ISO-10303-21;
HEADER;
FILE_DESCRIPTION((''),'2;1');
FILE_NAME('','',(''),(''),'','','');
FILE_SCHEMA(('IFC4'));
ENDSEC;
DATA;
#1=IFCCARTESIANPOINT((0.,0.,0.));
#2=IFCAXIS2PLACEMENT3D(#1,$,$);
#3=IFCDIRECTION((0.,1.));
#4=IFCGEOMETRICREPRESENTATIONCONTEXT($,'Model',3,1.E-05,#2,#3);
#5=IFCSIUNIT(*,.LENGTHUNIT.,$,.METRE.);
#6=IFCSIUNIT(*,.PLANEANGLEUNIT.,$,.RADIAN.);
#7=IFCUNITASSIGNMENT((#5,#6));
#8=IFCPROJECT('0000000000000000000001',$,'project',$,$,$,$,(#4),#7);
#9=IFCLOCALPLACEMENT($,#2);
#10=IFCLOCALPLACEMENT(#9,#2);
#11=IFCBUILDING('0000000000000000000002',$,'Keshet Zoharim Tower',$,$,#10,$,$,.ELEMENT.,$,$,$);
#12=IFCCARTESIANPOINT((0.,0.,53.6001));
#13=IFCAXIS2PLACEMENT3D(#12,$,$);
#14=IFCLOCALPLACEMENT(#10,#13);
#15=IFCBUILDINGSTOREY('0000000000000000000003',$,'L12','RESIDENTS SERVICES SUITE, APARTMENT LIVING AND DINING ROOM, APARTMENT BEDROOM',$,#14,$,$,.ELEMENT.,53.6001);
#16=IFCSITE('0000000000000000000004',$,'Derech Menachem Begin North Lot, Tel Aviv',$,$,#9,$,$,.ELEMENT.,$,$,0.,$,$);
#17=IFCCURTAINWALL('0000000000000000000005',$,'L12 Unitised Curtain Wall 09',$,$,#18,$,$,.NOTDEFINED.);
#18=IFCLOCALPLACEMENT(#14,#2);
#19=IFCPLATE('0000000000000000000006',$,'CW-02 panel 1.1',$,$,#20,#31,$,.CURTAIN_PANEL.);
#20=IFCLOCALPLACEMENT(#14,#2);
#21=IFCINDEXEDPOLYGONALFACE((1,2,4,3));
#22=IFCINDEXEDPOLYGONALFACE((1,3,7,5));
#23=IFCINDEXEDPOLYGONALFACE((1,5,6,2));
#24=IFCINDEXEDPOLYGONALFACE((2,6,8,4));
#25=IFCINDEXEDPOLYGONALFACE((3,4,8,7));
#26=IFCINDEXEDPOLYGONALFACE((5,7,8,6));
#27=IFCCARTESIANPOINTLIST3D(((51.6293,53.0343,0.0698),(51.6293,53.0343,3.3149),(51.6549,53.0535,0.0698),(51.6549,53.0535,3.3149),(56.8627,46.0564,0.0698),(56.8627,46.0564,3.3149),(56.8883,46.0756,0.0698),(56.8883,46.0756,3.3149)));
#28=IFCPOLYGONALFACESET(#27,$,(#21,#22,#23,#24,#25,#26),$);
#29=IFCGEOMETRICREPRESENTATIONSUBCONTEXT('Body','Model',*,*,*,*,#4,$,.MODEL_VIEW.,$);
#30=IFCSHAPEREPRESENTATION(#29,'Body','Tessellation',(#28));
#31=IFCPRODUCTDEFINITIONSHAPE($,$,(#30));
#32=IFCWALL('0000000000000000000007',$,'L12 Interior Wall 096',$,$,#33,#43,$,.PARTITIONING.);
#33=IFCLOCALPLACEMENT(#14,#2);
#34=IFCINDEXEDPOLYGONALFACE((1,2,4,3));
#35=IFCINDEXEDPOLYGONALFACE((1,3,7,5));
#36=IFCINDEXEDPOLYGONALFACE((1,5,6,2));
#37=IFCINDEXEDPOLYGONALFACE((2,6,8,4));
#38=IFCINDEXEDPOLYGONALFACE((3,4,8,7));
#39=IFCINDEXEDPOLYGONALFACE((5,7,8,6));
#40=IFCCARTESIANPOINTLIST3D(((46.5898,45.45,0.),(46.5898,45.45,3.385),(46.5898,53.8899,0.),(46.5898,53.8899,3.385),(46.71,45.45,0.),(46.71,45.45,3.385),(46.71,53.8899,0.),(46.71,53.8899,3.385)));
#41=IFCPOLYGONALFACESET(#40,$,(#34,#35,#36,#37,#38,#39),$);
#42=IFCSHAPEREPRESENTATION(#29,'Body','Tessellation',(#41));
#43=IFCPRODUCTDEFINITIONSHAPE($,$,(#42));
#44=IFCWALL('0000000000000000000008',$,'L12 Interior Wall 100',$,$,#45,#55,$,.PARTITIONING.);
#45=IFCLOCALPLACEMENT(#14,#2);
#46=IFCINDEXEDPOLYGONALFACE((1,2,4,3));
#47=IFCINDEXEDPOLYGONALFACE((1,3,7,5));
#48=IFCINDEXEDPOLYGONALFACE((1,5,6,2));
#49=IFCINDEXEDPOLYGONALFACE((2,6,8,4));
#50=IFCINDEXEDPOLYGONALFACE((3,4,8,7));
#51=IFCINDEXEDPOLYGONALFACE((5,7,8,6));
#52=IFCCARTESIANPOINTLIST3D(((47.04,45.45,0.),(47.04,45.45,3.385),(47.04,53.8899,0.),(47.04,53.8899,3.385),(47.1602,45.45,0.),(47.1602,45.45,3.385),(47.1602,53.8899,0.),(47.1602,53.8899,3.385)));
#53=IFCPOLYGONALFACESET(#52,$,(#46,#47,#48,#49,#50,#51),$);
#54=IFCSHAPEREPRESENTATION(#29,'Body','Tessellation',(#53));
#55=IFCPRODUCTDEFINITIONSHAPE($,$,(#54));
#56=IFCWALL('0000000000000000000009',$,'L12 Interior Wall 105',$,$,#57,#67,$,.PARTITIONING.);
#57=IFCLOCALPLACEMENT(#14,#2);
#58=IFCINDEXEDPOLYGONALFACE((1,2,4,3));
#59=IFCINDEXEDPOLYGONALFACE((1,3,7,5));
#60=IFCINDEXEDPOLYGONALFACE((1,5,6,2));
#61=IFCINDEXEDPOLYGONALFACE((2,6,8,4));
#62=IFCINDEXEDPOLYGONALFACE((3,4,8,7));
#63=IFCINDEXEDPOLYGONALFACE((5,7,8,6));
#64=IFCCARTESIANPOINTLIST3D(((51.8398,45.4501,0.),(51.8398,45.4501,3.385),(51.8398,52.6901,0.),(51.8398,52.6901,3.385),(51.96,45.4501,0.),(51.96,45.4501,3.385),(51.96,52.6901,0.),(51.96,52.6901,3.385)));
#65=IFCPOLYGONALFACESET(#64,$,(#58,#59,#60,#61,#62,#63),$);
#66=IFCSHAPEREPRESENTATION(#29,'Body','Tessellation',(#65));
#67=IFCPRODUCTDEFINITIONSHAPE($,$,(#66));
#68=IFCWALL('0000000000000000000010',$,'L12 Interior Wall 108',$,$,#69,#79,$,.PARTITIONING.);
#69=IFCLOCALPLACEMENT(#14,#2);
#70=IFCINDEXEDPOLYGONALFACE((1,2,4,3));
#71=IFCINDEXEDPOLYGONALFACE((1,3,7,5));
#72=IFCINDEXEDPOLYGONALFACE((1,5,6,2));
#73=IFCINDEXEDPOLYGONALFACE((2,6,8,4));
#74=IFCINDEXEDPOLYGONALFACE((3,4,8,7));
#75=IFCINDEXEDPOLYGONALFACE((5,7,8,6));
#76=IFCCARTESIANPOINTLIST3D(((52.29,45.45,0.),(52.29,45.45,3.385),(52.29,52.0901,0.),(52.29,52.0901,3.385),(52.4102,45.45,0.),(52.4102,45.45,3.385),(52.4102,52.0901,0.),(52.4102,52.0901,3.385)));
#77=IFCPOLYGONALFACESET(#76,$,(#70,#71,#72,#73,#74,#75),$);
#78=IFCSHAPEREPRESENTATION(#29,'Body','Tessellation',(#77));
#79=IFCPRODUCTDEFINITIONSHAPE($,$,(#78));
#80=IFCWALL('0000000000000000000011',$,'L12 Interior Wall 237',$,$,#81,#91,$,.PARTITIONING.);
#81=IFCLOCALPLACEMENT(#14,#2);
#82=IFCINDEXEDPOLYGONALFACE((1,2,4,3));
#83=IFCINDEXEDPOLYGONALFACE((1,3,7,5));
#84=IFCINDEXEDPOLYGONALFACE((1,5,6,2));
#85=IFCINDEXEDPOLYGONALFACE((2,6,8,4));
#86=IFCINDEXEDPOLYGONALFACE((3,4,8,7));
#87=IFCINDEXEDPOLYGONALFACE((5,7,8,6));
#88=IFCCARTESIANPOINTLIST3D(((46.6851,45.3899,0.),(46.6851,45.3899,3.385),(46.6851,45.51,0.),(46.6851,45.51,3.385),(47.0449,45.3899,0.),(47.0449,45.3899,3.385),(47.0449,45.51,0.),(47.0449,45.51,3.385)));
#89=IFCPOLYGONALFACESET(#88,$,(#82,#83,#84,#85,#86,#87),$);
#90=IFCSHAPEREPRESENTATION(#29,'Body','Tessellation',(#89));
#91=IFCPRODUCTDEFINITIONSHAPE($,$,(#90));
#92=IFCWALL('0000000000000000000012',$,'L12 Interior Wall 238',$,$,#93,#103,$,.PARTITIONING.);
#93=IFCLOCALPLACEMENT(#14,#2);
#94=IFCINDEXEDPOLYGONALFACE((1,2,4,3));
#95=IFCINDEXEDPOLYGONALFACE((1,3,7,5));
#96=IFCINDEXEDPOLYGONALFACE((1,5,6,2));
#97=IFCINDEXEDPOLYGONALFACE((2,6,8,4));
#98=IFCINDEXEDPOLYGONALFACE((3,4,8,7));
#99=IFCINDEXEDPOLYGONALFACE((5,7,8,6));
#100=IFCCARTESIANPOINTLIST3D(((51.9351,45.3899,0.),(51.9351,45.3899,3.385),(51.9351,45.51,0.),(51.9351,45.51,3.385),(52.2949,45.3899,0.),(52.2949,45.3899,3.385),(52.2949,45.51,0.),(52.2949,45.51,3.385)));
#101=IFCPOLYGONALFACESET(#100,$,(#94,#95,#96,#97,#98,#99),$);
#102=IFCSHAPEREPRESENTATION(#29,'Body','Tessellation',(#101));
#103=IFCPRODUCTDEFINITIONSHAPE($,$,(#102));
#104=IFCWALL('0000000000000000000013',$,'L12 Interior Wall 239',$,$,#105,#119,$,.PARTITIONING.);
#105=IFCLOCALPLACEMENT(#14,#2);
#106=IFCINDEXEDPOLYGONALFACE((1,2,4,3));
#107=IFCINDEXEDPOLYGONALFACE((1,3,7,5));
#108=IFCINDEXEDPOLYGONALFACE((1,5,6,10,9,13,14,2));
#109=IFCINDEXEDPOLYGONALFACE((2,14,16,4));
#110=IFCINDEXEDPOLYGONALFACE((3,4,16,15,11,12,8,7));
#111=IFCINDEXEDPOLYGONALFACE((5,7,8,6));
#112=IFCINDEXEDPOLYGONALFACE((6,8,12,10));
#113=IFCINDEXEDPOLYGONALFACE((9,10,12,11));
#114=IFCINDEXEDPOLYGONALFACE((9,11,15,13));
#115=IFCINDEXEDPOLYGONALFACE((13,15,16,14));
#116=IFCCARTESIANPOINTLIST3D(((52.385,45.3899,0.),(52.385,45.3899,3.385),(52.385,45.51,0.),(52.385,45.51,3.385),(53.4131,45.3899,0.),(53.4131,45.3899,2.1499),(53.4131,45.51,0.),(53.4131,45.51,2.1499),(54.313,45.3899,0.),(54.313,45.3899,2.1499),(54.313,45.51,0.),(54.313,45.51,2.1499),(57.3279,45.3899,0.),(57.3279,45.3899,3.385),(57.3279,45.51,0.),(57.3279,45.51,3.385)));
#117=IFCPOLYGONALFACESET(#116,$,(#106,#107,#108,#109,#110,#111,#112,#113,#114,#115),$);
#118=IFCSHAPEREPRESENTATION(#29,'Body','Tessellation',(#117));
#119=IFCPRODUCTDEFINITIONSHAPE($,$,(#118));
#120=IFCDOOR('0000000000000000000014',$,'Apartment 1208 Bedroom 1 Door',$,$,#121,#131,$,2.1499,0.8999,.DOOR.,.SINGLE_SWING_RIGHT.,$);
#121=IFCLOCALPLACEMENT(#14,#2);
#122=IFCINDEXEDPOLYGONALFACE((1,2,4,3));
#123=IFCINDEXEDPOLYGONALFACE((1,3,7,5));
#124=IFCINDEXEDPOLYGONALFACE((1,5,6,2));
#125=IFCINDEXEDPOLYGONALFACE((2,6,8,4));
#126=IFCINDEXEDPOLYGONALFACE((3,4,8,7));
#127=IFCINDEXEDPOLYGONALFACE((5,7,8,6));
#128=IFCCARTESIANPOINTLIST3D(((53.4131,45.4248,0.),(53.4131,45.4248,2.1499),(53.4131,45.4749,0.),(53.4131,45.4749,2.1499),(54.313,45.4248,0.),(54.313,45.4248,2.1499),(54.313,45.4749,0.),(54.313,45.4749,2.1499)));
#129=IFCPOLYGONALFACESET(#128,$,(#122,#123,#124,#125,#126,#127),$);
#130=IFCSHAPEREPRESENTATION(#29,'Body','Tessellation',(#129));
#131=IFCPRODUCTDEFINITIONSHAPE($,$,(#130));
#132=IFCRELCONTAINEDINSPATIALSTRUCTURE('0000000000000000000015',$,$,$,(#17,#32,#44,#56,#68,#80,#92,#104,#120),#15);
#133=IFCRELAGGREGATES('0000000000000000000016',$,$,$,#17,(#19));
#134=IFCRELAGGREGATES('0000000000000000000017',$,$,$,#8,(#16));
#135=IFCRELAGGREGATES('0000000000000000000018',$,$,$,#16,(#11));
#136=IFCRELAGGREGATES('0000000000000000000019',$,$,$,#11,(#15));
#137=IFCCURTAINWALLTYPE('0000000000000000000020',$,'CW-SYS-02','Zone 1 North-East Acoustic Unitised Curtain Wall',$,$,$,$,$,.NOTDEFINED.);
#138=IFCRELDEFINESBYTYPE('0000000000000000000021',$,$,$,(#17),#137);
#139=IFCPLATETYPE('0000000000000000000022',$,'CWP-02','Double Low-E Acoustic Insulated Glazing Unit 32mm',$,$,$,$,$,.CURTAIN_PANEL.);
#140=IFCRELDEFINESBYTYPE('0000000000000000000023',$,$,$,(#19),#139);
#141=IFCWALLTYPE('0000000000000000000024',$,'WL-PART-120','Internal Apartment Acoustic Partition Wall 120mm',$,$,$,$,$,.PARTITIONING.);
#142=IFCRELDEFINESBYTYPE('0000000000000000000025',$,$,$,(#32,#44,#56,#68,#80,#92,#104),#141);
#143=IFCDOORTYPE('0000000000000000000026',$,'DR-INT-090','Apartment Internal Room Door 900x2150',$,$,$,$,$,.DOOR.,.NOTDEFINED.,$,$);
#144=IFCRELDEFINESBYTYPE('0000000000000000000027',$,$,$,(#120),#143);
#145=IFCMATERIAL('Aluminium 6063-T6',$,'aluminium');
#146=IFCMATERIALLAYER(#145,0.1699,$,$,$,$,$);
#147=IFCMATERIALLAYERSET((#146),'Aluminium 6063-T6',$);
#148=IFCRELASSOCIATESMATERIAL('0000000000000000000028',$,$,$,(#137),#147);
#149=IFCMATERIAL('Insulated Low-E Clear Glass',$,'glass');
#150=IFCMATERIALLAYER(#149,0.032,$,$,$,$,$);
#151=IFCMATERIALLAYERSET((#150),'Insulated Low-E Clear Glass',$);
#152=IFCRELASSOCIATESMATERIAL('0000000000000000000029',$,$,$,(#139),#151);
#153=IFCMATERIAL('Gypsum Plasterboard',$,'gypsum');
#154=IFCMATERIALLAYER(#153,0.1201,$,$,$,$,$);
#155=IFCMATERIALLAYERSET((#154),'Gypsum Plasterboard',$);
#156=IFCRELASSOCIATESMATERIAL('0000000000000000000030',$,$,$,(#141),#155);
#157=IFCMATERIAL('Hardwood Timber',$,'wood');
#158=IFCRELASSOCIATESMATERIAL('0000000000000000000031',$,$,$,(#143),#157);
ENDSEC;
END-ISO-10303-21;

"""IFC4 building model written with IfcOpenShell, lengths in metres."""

from ifc_helpers import new_model, si_unit, direction, frame, frame_2d, origin, origin_2d, place, context, subcontext, project, spatial, rectangle, extrude, material, layer, layer_set, type_object, element, fill, aggregate, save


model = new_model("IFC4")

# Units and contexts
model_context = context("Model", 3, precision=1e-05, world=origin(), true_north=direction((0.0, 1.0)))
body_context = subcontext(model_context, "Body", "Model", "MODEL_VIEW")
ifc_project = project(units=[si_unit("LENGTHUNIT", "METRE"), si_unit("PLANEANGLEUNIT", "RADIAN")], contexts=[model_context])

# Site, building, storey
site_placement = place(None, origin())
site = spatial("IfcSite", under=ifc_project, at=site_placement, Name="Derech Menachem Begin North Lot, Tel Aviv", CompositionType="ELEMENT", RefElevation=0.0)
building_placement = place(site_placement, origin())
building = spatial("IfcBuilding", under=site, at=building_placement, Name="Keshet Zoharim Tower", CompositionType="ELEMENT")
storey_placement = place(building_placement, frame((0.0, 0.0, 53.6001)))
storey = spatial("IfcBuildingStorey", under=building, at=storey_placement, Name="L12", Description="RESIDENTS SERVICES SUITE, APARTMENT LIVING AND DINING ROOM, APARTMENT BEDROOM", CompositionType="ELEMENT", Elevation=53.6001)

# Shared definitions
ifc_material_1 = material(Name="Aluminium 6063-T6", Category="aluminium")
ifc_layer_1 = layer(ifc_material_1, 0.1699)
ifc_layer_set_1 = layer_set([ifc_layer_1], Name="Aluminium 6063-T6")
curtain_wall_type = type_object("IfcCurtainWallType", Name="CW-SYS-02", Description="Zone 1 North-East Acoustic Unitised Curtain Wall", PredefinedType="NOTDEFINED", material=ifc_layer_set_1)

# Curtain wall
curtain_wall_1_placement = place(storey_placement, origin())
curtain_wall_1 = element("IfcCurtainWall", 1, at=curtain_wall_1_placement, inside=storey, type_object=curtain_wall_type, Name="L12 Unitised Curtain Wall 09", PredefinedType="NOTDEFINED")

# Plate
ifc_material_2 = material(Name="Insulated Low-E Clear Glass", Category="glass")
ifc_layer_2 = layer(ifc_material_2, 0.032)
ifc_layer_set_2 = layer_set([ifc_layer_2], Name="Insulated Low-E Clear Glass")
plate_type = type_object("IfcPlateType", Name="CWP-02", Description="Double Low-E Acoustic Insulated Glazing Unit 32mm", PredefinedType="CURTAIN_PANEL", material=ifc_layer_set_2)
plate_1_placement = place(storey_placement, frame((54.2588, 49.5549, 0.0698), z_axis=(0.0, 0.0, 1.0), x_axis=(0.6, -0.8, 0.0)))
plate_1 = element("IfcPlate", 2, at=plate_1_placement, type_object=plate_type, Name="CW-02 panel 1.1", PredefinedType="CURTAIN_PANEL", context=body_context, shape_type="SweptSolid", body=[
    extrude(rectangle(XDim=8.7224, YDim=0.032, at=origin_2d()), origin(), (0.0, 0.0, 1.0), 3.2451),
])
aggregate(curtain_wall_1, [plate_1])

# Walls
ifc_material_3 = material(Name="Gypsum Plasterboard", Category="gypsum")
ifc_layer_3 = layer(ifc_material_3, 0.1201)
ifc_layer_set_3 = layer_set([ifc_layer_3], Name="Gypsum Plasterboard")
wall_type = type_object("IfcWallType", Name="WL-PART-120", Description="Internal Apartment Acoustic Partition Wall 120mm", PredefinedType="PARTITIONING", material=ifc_layer_set_3)
for number, where, z_axis, x_axis, name in (
    (3, (46.6499, 45.45, 0.0), (0.0, 0.0, 1.0), (0.0, 1.0, 0.0), "L12 Interior Wall 096"),
    (4, (47.1001, 45.45, 0.0), (0.0, 0.0, 1.0), (0.0, 1.0, 0.0), "L12 Interior Wall 100"),
):
    element("IfcWall", number, at=place(storey_placement, frame(where, z_axis=z_axis, x_axis=x_axis)), inside=storey, type_object=wall_type, Name=name, PredefinedType="PARTITIONING", context=body_context, shape_type="SweptSolid", body=[
        extrude(rectangle(XDim=8.4399, YDim=0.1201, at=frame_2d((4.22, 0.0))), origin(), (0.0, 0.0, 1.0), 3.385),
    ])
wall_1_placement = place(storey_placement, frame((51.8999, 45.45, 0.0), z_axis=(0.0, 0.0, 1.0), x_axis=(0.0, 1.0, 0.0)))
element("IfcWall", 5, at=wall_1_placement, inside=storey, type_object=wall_type, Name="L12 Interior Wall 105", PredefinedType="PARTITIONING", context=body_context, shape_type="SweptSolid", body=[
    extrude(rectangle(XDim=7.24, YDim=0.1201, at=frame_2d((3.6201, 0.0))), origin(), (0.0, 0.0, 1.0), 3.385),
])
wall_2_placement = place(storey_placement, frame((52.3501, 45.45, 0.0), z_axis=(0.0, 0.0, 1.0), x_axis=(0.0, 1.0, 0.0)))
element("IfcWall", 6, at=wall_2_placement, inside=storey, type_object=wall_type, Name="L12 Interior Wall 108", PredefinedType="PARTITIONING", context=body_context, shape_type="SweptSolid", body=[
    extrude(rectangle(XDim=6.6401, YDim=0.1201, at=frame_2d((3.3201, 0.0))), origin(), (0.0, 0.0, 1.0), 3.385),
])
for number, where, z_axis, x_axis, name in (
    (7, (46.6851, 45.45, 0.0), (0.0, 0.0, 1.0), (1.0, 0.0, 0.0), "L12 Interior Wall 237"),
    (8, (51.9351, 45.45, 0.0), (0.0, 0.0, 1.0), (1.0, 0.0, 0.0), "L12 Interior Wall 238"),
):
    element("IfcWall", number, at=place(storey_placement, frame(where, z_axis=z_axis, x_axis=x_axis)), inside=storey, type_object=wall_type, Name=name, PredefinedType="PARTITIONING", context=body_context, shape_type="SweptSolid", body=[
        extrude(rectangle(XDim=0.3599, YDim=0.1201, at=frame_2d((0.1799, 0.0))), origin(), (0.0, 0.0, 1.0), 3.385),
    ])

# Wall, opening, door
wall_3_placement = place(storey_placement, frame((52.385, 45.45, 0.0), z_axis=(0.0, 0.0, 1.0), x_axis=(1.0, 0.0, 0.0)))
wall_3 = element("IfcWall", 9, at=wall_3_placement, inside=storey, type_object=wall_type, Name="L12 Interior Wall 239", PredefinedType="PARTITIONING", context=body_context, shape_type="SweptSolid", body=[
    extrude(rectangle(XDim=4.9429, YDim=0.1201, at=frame_2d((2.4714, 0.0))), origin(), (0.0, 0.0, 1.0), 3.385),
])
opening_placement = place(wall_3_placement, frame((1.0281, 0.0, 0.0)))
opening = element("IfcOpeningElement", 10, at=opening_placement, cuts=wall_3, PredefinedType="OPENING", context=body_context, shape_type="SweptSolid", body=[
    extrude(rectangle(XDim=0.8999, YDim=2.1499, at=frame_2d((0.45, 1.075))), frame((0.0, 0.0701, 0.0), z_axis=(0.0, -1.0, 0.0), x_axis=(1.0, 0.0, 0.0)), (0.0, 0.0, 1.0), 0.1401),
])
ifc_material_4 = material(Name="Hardwood Timber", Category="wood")
door_type = type_object("IfcDoorType", Name="DR-INT-090", Description="Apartment Internal Room Door 900x2150", OperationType="NOTDEFINED", PredefinedType="DOOR", material=ifc_material_4)
door_placement = place(opening_placement, origin())
door = element("IfcDoor", 11, at=door_placement, inside=storey, type_object=door_type, Name="Apartment 1208 Bedroom 1 Door", OperationType="SINGLE_SWING_RIGHT", OverallHeight=2.1499, OverallWidth=0.8999, PredefinedType="DOOR", context=body_context, shape_type="SweptSolid", body=[
    extrude(rectangle(XDim=0.8999, YDim=2.1499, at=frame_2d((0.45, 1.075))), frame((0.0, 0.0249, 0.0), z_axis=(0.0, -1.0, 0.0), x_axis=(1.0, 0.0, 0.0)), (0.0, 0.0, 1.0), 0.05),
])
fill(opening, door)

save(model, "model.ifc")
